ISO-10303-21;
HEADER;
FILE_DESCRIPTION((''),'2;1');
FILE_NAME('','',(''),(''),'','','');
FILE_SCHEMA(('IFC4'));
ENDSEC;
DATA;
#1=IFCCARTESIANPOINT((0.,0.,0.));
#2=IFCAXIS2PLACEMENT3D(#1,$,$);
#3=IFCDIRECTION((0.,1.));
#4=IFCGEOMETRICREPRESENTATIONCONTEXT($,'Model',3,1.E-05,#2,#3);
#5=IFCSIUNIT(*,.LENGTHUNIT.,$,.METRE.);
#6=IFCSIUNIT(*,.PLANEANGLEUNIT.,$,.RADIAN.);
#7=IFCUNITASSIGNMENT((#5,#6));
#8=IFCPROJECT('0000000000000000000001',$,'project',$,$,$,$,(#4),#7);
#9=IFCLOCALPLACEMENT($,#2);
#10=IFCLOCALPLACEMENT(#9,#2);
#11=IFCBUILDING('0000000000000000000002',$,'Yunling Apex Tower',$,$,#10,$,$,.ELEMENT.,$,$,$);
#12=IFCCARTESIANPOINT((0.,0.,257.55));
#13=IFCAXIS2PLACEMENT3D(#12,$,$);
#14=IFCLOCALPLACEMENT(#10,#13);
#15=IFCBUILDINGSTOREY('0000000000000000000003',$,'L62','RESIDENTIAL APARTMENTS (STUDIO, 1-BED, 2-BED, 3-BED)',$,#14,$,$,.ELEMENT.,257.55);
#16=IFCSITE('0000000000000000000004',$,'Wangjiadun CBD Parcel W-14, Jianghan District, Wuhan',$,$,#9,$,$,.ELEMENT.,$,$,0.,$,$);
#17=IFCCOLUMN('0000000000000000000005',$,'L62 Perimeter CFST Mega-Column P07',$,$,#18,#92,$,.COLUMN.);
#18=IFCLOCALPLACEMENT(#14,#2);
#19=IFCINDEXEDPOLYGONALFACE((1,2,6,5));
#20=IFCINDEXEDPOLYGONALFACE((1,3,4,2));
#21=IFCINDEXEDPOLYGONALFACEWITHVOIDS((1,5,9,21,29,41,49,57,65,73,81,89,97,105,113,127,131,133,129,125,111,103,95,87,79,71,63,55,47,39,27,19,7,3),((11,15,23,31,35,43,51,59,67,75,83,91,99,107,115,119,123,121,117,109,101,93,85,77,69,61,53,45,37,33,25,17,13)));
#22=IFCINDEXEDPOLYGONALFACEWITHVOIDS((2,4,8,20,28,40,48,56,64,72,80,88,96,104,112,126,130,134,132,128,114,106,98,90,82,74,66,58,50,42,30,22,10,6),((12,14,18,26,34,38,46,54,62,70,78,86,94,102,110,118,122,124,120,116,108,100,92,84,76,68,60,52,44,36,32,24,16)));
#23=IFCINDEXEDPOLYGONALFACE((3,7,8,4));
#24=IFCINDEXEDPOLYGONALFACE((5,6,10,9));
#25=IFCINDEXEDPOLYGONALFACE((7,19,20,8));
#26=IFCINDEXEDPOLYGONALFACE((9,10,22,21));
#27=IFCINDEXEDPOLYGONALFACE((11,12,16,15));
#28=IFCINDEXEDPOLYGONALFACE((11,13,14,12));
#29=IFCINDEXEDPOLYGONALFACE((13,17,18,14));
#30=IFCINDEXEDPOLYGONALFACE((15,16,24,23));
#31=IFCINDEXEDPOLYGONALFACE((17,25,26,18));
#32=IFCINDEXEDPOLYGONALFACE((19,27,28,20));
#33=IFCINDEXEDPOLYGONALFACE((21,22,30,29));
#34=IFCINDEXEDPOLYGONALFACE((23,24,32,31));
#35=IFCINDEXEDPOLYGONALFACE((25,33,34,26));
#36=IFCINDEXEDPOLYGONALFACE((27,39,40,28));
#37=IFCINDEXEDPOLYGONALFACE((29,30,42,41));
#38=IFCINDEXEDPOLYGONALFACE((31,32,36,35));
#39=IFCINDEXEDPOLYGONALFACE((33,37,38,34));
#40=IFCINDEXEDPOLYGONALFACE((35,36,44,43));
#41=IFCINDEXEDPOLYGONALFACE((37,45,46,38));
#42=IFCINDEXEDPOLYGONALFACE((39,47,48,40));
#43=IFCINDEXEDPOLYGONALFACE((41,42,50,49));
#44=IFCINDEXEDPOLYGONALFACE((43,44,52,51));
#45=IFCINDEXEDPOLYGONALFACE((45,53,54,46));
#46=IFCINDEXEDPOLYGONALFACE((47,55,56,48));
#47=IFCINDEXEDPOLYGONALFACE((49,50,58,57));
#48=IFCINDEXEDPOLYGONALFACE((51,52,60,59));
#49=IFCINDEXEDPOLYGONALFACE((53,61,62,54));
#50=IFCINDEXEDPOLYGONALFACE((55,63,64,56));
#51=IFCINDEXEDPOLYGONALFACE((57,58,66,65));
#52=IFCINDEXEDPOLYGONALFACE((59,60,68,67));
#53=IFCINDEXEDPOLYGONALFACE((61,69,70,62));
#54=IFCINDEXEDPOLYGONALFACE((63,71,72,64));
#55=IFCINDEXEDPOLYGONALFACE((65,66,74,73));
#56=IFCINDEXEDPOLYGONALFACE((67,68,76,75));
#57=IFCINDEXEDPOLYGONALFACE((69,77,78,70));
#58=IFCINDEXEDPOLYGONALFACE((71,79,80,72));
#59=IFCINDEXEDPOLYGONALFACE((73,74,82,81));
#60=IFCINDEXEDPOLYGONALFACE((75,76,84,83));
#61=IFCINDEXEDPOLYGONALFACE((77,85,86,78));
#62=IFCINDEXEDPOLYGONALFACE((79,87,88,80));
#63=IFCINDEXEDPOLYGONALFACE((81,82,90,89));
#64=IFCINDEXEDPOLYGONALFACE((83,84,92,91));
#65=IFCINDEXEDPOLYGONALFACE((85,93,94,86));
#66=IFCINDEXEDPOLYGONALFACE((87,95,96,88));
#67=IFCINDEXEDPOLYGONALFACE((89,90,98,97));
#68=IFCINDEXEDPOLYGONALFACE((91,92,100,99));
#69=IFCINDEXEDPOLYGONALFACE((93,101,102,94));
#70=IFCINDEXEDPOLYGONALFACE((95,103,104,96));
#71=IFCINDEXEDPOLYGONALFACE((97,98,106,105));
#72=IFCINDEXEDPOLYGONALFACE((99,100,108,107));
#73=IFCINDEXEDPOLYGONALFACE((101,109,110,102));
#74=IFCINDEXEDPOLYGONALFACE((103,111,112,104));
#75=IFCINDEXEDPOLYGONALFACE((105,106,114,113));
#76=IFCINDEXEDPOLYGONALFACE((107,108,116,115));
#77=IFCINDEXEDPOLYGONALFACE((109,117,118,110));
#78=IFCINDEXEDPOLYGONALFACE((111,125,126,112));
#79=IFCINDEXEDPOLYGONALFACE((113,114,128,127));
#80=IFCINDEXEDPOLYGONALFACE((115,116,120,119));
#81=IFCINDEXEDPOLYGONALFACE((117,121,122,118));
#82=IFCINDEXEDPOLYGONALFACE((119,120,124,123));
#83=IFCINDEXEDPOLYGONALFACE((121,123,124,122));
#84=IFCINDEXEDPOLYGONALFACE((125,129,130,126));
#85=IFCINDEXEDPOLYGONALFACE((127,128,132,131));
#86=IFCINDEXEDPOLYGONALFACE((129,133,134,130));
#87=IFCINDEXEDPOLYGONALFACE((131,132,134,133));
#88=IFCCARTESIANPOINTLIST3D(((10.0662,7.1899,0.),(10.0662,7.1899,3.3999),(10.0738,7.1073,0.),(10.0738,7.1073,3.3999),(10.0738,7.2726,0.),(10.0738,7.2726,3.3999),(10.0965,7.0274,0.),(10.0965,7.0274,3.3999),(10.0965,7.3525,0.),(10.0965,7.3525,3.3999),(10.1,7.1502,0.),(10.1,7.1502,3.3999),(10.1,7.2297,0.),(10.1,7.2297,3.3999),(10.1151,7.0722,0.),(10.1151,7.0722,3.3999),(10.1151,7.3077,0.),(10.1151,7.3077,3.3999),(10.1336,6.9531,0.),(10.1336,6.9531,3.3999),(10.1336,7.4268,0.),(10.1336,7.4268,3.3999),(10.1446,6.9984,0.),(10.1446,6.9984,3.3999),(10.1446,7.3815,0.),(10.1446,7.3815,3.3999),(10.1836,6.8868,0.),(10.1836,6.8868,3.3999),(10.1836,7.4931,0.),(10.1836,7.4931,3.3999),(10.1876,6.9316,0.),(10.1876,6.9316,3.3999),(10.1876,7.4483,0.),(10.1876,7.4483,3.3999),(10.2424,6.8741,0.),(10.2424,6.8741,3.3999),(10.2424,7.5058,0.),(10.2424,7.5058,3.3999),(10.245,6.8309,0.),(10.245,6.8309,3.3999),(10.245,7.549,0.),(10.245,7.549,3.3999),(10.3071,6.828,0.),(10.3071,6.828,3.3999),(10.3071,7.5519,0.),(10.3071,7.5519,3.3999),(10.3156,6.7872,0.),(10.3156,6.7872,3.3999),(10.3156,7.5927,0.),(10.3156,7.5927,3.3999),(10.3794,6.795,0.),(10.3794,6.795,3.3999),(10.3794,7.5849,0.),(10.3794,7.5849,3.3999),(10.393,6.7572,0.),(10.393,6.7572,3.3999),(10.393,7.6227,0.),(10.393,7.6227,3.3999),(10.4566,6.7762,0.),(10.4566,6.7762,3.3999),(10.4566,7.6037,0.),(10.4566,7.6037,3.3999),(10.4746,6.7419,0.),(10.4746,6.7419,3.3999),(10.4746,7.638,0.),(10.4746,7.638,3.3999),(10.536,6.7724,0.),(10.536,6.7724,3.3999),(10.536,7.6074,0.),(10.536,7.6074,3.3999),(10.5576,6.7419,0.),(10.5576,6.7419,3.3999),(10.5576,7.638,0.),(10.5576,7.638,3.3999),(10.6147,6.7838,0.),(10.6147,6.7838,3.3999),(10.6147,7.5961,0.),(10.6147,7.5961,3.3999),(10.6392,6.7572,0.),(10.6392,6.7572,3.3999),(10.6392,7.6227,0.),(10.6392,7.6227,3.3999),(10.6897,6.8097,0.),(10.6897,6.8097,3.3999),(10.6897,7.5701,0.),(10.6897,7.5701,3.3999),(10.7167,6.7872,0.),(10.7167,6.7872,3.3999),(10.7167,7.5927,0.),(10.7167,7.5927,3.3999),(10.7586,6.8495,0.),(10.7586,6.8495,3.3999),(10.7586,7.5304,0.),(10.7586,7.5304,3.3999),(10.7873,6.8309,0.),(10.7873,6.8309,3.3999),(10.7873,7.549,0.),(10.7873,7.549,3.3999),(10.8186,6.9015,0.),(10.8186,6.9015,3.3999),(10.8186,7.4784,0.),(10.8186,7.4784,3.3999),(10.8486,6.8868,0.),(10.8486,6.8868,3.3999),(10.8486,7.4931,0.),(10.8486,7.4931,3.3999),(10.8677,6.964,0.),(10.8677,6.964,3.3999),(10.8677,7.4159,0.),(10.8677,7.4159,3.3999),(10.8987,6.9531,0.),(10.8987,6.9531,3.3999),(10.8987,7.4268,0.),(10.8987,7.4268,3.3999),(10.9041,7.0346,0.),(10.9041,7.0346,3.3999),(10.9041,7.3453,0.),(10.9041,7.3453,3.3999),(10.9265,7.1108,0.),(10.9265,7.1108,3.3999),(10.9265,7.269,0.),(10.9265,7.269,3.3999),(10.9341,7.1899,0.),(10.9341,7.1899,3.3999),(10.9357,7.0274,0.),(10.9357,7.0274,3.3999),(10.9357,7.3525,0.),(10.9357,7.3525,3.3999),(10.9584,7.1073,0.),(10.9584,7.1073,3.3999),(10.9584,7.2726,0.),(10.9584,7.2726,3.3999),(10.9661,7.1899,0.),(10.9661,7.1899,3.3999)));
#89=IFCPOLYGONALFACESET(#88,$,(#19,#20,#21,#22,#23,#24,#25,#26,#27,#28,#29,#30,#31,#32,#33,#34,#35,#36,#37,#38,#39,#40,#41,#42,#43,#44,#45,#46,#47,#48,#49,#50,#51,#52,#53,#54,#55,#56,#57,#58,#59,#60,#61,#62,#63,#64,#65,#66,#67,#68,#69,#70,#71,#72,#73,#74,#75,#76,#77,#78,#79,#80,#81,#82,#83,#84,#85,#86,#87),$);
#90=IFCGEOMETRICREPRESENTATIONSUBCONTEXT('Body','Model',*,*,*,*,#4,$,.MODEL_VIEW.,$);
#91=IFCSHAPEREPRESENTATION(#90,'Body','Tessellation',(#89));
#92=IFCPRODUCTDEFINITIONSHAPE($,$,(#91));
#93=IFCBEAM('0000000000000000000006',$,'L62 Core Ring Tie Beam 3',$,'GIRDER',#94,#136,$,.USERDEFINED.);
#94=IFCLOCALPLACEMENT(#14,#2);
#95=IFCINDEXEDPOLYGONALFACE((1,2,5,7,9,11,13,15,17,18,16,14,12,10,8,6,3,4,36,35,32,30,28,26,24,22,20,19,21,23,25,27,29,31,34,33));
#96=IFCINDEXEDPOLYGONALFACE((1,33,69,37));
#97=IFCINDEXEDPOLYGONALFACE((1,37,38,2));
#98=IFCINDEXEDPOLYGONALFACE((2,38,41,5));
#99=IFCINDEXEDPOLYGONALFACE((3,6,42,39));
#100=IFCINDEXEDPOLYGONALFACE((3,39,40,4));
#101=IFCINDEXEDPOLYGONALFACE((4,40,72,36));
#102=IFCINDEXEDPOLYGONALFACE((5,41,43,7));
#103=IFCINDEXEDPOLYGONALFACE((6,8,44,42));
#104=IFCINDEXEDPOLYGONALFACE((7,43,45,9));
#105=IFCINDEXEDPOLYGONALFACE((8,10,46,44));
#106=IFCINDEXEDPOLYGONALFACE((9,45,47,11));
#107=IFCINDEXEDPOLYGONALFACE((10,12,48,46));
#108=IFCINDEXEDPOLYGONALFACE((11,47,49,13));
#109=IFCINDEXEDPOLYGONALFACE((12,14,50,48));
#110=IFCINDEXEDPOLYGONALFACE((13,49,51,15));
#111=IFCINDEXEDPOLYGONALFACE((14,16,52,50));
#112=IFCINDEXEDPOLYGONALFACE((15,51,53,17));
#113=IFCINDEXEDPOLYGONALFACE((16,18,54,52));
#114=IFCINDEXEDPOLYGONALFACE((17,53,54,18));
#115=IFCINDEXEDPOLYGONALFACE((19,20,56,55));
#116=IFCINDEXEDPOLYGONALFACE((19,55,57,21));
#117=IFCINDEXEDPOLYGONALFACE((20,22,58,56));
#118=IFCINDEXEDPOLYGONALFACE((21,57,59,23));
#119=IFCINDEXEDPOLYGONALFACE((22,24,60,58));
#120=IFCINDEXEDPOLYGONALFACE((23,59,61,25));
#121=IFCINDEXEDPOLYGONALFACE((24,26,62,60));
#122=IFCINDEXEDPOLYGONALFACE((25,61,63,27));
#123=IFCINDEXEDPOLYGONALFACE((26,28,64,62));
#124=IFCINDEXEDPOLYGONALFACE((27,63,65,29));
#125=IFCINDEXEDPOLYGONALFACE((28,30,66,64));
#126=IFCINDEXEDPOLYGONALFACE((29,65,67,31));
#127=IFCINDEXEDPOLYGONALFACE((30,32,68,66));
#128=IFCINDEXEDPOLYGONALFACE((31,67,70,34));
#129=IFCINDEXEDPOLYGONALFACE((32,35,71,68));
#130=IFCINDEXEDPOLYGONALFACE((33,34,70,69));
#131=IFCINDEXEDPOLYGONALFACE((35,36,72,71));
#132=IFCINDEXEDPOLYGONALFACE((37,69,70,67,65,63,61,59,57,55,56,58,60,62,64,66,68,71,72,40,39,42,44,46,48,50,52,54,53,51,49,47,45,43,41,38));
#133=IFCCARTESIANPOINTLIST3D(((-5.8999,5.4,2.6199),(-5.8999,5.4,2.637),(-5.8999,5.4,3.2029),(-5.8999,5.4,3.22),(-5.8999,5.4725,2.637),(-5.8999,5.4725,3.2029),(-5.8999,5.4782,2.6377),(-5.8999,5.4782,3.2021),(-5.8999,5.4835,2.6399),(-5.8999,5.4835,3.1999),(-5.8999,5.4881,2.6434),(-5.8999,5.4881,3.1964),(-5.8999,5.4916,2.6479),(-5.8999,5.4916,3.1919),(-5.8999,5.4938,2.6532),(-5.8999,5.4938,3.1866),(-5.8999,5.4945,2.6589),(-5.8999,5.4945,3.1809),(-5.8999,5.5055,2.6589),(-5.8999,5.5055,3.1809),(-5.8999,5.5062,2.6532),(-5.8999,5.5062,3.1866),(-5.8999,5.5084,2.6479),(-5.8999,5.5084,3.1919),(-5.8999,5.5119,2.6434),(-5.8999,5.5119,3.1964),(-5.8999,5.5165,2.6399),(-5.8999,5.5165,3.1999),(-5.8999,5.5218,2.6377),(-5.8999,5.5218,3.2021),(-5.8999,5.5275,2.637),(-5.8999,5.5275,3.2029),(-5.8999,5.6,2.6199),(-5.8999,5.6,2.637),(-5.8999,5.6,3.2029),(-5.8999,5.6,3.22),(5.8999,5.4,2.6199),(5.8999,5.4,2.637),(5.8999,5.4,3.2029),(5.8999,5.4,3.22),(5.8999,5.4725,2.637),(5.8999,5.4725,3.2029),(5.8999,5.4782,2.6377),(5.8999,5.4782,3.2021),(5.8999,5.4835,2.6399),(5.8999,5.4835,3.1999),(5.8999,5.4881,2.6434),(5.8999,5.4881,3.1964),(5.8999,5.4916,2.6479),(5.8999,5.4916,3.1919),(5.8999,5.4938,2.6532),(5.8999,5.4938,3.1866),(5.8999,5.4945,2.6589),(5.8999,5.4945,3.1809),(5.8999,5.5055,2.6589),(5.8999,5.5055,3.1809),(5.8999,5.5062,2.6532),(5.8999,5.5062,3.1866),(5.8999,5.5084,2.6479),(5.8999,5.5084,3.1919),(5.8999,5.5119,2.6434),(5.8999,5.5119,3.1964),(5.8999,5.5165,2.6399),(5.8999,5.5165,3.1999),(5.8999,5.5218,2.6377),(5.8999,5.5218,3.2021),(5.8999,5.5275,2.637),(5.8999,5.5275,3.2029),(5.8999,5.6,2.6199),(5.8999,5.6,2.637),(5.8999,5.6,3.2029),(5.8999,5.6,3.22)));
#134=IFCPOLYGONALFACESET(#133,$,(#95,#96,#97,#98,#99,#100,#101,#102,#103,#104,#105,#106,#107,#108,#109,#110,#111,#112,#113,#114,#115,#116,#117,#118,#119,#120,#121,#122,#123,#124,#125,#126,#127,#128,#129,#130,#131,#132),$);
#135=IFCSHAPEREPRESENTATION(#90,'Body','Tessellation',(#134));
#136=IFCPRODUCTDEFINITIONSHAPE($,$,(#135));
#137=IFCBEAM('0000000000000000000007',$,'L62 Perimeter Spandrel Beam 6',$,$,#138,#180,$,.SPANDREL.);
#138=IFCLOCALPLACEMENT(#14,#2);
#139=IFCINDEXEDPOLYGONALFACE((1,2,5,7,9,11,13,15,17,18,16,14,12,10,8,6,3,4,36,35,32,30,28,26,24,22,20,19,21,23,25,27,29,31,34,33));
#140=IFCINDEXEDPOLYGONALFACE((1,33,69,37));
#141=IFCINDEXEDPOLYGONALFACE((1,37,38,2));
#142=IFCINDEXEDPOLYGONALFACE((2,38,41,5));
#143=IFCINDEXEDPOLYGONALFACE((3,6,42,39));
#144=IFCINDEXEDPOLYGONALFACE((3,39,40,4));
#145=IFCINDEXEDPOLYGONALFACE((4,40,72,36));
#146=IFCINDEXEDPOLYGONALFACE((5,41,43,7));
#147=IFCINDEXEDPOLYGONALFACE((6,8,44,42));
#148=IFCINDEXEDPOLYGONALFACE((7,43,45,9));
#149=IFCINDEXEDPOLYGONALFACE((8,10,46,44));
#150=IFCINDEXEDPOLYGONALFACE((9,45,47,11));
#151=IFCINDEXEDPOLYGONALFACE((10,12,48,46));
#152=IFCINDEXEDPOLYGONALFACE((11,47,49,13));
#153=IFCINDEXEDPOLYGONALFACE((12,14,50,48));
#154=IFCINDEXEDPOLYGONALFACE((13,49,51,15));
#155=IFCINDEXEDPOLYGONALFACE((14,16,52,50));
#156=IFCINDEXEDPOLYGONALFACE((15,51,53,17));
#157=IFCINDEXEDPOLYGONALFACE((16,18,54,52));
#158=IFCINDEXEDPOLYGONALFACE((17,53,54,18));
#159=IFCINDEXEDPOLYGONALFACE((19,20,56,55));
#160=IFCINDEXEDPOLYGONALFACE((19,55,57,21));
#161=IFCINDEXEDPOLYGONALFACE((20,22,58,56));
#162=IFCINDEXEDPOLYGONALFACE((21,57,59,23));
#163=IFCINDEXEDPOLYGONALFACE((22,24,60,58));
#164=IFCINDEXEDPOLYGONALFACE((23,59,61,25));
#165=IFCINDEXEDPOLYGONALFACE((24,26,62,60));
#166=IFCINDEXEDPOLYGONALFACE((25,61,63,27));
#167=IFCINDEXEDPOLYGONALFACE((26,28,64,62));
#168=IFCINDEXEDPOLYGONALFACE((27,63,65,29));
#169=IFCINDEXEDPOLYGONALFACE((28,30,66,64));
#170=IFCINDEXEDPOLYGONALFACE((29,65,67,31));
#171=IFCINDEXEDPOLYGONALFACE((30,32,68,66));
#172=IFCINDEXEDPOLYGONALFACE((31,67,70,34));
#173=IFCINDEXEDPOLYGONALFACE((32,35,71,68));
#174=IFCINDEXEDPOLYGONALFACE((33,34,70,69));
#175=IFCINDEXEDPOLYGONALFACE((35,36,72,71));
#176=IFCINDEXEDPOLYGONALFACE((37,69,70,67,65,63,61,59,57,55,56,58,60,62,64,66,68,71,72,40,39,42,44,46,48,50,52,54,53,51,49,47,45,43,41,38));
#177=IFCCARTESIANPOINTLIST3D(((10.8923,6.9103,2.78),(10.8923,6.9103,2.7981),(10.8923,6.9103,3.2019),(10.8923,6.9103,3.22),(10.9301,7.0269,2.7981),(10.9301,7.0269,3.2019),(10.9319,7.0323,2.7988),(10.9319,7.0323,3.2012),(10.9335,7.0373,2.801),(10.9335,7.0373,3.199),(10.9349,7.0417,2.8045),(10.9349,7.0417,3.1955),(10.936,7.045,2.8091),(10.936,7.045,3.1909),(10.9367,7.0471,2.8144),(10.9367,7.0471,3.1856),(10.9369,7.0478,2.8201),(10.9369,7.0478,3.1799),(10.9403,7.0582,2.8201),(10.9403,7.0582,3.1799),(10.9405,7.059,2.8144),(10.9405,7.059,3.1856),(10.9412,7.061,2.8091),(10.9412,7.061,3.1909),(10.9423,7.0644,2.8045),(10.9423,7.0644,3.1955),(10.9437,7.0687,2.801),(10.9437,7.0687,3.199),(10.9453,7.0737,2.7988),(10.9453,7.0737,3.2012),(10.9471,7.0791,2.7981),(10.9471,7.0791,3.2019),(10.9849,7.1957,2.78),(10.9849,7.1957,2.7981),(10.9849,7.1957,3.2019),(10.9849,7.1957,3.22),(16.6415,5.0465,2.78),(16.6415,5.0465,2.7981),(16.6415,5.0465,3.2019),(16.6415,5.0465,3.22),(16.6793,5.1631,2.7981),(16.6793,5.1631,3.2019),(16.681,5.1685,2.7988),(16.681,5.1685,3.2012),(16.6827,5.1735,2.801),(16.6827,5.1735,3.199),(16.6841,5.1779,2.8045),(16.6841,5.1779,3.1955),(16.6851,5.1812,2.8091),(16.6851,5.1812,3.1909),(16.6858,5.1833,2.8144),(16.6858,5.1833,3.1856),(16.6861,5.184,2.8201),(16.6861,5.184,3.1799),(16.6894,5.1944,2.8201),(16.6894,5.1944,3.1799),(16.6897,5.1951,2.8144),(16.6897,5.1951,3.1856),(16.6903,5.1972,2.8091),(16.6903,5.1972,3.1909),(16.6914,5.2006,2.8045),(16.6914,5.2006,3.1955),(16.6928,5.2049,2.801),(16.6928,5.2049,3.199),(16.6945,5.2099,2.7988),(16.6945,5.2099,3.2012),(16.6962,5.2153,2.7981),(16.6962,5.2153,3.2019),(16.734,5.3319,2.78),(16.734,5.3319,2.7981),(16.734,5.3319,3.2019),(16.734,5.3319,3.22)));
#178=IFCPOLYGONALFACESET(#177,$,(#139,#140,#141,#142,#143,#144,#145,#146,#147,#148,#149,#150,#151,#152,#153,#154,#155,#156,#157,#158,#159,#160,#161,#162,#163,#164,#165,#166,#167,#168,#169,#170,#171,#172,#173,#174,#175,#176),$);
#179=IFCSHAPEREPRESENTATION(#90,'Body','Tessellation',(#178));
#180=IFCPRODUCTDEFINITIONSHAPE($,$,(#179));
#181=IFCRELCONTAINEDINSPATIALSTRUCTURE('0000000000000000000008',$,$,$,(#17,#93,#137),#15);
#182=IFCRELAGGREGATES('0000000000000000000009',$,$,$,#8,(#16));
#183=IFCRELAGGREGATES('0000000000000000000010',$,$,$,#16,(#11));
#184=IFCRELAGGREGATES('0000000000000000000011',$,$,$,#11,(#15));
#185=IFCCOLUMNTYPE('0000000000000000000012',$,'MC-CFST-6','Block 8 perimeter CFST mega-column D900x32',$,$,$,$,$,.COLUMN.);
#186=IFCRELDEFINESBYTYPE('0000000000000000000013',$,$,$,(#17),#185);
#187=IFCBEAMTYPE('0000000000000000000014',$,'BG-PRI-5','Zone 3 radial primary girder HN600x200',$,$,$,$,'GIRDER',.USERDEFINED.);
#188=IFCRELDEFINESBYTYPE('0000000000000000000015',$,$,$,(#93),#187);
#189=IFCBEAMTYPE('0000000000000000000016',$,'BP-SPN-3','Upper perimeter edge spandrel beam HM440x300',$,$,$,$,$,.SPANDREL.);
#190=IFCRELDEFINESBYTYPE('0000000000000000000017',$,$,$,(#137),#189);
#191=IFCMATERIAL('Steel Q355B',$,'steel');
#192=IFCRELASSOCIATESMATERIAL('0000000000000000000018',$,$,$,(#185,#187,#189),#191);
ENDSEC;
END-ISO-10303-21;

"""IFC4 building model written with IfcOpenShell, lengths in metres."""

from ifc_helpers import new_model, si_unit, direction, frame, origin, origin_2d, place, context, subcontext, project, spatial, hollow_circle, i_section, extrude, source, transform, mapped, material, material_profile, profile_set, type_object, element, save


model = new_model("IFC4")

# Units and contexts
model_context = context("Model", 3, precision=1e-05, world=origin(), true_north=direction((0.0, 1.0)))
body_context = subcontext(model_context, "Body", "Model", "MODEL_VIEW")
ifc_project = project(units=[si_unit("LENGTHUNIT", "METRE"), si_unit("PLANEANGLEUNIT", "RADIAN")], contexts=[model_context])

# Site, building, storey
site_placement = place(None, origin())
site = spatial("IfcSite", under=ifc_project, at=site_placement, Name="Wangjiadun CBD Parcel W-14, Jianghan District, Wuhan", CompositionType="ELEMENT", RefElevation=0.0)
building_placement = place(site_placement, origin())
building = spatial("IfcBuilding", under=site, at=building_placement, Name="Yunling Apex Tower", CompositionType="ELEMENT")
storey_placement = place(building_placement, frame((0.0, 0.0, 257.55)))
storey = spatial("IfcBuildingStorey", under=building, at=storey_placement, Name="L62", Description="RESIDENTIAL APARTMENTS (STUDIO, 1-BED, 2-BED, 3-BED)", CompositionType="ELEMENT", Elevation=257.55)

# Column
ifc_material_1 = material(Name="Steel Q355B", Category="steel")
ifc_material_profile_1 = material_profile(ifc_material_1, hollow_circle(Radius=0.45, WallThickness=0.032, at=origin_2d()))
ifc_profile_set_1 = profile_set([ifc_material_profile_1], Name="Steel Q355B")
column_type_1 = type_object("IfcColumnType", Name="MC-CFST-6", Description="Block 8 perimeter CFST mega-column D900x32", PredefinedType="COLUMN", material=ifc_profile_set_1)
shared_shape_1 = source(origin(), body_context, "Body", "SweptSolid", [
    extrude(hollow_circle(Radius=0.45, WallThickness=0.032, at=origin_2d()), origin(), (0.0, 0.0, 1.0), 3.3999),
])
for number, where, z_axis, x_axis, name in (
    (1, (10.5161, 7.1899, 0.0), (0.0, 0.0, 1.0), (1.0, 0.0, 0.0), "L62 Perimeter CFST Mega-Column P07"),
):
    element("IfcColumn", number, at=place(storey_placement, frame(where, z_axis=z_axis, x_axis=x_axis)), inside=storey, type_object=column_type_1, Name=name, PredefinedType="COLUMN", context=body_context, shape_type="MappedRepresentation", body=[
        mapped(shared_shape_1, transform((0.0, 0.0, 0.0), scale=1.0)),
    ])

# Beams
ifc_material_profile_2 = material_profile(ifc_material_1, i_section(OverallWidth=0.2, OverallDepth=0.6001, WebThickness=0.011, FlangeThickness=0.0171, FilletRadius=0.022, at=origin_2d()))
ifc_profile_set_2 = profile_set([ifc_material_profile_2], Name="Steel Q355B")
beam_type_1 = type_object("IfcBeamType", Name="BG-PRI-5", Description="Zone 3 radial primary girder HN600x200", ElementType="GIRDER", PredefinedType="USERDEFINED", material=ifc_profile_set_2)
shared_shape_2 = source(origin(), body_context, "Body", "SweptSolid", [
    extrude(i_section(OverallWidth=0.2, OverallDepth=0.6001, WebThickness=0.011, FlangeThickness=0.0171, FilletRadius=0.022, at=origin_2d()), origin(), (0.0, 0.0, 1.0), 11.7998),
])
beam_1_placement = place(storey_placement, frame((5.8999, 5.5, 2.9199), z_axis=(-1.0, 0.0, 0.0), x_axis=(0.0, -1.0, 0.0)))
element("IfcBeam", 2, at=beam_1_placement, inside=storey, type_object=beam_type_1, Name="L62 Core Ring Tie Beam 3", ObjectType="GIRDER", PredefinedType="USERDEFINED", context=body_context, shape_type="MappedRepresentation", body=[
    mapped(shared_shape_2, transform((0.0, 0.0, 0.0), scale=1.0)),
])
ifc_material_profile_3 = material_profile(ifc_material_1, i_section(OverallWidth=0.3, OverallDepth=0.4399, WebThickness=0.011, FlangeThickness=0.0181, FilletRadius=0.022, at=origin_2d()))
ifc_profile_set_3 = profile_set([ifc_material_profile_3], Name="Steel Q355B")
beam_type_2 = type_object("IfcBeamType", Name="BP-SPN-3", Description="Upper perimeter edge spandrel beam HM440x300", PredefinedType="SPANDREL", material=ifc_profile_set_3)
shared_shape_3 = source(origin(), body_context, "Body", "SweptSolid", [
    extrude(i_section(OverallWidth=0.3, OverallDepth=0.4399, WebThickness=0.011, FlangeThickness=0.0181, FilletRadius=0.022, at=origin_2d()), origin(), (0.0, 0.0, 1.0), 6.0437),
])
beam_2_placement = place(storey_placement, frame((16.6877, 5.1892, 3.0), z_axis=(-0.951261, 0.308388, 0.0), x_axis=(-0.308388, -0.951261, 0.0)))
element("IfcBeam", 3, at=beam_2_placement, inside=storey, type_object=beam_type_2, Name="L62 Perimeter Spandrel Beam 6", PredefinedType="SPANDREL", context=body_context, shape_type="MappedRepresentation", body=[
    mapped(shared_shape_3, transform((0.0, 0.0, 0.0), scale=1.0)),
])

save(model, "model.ifc")
